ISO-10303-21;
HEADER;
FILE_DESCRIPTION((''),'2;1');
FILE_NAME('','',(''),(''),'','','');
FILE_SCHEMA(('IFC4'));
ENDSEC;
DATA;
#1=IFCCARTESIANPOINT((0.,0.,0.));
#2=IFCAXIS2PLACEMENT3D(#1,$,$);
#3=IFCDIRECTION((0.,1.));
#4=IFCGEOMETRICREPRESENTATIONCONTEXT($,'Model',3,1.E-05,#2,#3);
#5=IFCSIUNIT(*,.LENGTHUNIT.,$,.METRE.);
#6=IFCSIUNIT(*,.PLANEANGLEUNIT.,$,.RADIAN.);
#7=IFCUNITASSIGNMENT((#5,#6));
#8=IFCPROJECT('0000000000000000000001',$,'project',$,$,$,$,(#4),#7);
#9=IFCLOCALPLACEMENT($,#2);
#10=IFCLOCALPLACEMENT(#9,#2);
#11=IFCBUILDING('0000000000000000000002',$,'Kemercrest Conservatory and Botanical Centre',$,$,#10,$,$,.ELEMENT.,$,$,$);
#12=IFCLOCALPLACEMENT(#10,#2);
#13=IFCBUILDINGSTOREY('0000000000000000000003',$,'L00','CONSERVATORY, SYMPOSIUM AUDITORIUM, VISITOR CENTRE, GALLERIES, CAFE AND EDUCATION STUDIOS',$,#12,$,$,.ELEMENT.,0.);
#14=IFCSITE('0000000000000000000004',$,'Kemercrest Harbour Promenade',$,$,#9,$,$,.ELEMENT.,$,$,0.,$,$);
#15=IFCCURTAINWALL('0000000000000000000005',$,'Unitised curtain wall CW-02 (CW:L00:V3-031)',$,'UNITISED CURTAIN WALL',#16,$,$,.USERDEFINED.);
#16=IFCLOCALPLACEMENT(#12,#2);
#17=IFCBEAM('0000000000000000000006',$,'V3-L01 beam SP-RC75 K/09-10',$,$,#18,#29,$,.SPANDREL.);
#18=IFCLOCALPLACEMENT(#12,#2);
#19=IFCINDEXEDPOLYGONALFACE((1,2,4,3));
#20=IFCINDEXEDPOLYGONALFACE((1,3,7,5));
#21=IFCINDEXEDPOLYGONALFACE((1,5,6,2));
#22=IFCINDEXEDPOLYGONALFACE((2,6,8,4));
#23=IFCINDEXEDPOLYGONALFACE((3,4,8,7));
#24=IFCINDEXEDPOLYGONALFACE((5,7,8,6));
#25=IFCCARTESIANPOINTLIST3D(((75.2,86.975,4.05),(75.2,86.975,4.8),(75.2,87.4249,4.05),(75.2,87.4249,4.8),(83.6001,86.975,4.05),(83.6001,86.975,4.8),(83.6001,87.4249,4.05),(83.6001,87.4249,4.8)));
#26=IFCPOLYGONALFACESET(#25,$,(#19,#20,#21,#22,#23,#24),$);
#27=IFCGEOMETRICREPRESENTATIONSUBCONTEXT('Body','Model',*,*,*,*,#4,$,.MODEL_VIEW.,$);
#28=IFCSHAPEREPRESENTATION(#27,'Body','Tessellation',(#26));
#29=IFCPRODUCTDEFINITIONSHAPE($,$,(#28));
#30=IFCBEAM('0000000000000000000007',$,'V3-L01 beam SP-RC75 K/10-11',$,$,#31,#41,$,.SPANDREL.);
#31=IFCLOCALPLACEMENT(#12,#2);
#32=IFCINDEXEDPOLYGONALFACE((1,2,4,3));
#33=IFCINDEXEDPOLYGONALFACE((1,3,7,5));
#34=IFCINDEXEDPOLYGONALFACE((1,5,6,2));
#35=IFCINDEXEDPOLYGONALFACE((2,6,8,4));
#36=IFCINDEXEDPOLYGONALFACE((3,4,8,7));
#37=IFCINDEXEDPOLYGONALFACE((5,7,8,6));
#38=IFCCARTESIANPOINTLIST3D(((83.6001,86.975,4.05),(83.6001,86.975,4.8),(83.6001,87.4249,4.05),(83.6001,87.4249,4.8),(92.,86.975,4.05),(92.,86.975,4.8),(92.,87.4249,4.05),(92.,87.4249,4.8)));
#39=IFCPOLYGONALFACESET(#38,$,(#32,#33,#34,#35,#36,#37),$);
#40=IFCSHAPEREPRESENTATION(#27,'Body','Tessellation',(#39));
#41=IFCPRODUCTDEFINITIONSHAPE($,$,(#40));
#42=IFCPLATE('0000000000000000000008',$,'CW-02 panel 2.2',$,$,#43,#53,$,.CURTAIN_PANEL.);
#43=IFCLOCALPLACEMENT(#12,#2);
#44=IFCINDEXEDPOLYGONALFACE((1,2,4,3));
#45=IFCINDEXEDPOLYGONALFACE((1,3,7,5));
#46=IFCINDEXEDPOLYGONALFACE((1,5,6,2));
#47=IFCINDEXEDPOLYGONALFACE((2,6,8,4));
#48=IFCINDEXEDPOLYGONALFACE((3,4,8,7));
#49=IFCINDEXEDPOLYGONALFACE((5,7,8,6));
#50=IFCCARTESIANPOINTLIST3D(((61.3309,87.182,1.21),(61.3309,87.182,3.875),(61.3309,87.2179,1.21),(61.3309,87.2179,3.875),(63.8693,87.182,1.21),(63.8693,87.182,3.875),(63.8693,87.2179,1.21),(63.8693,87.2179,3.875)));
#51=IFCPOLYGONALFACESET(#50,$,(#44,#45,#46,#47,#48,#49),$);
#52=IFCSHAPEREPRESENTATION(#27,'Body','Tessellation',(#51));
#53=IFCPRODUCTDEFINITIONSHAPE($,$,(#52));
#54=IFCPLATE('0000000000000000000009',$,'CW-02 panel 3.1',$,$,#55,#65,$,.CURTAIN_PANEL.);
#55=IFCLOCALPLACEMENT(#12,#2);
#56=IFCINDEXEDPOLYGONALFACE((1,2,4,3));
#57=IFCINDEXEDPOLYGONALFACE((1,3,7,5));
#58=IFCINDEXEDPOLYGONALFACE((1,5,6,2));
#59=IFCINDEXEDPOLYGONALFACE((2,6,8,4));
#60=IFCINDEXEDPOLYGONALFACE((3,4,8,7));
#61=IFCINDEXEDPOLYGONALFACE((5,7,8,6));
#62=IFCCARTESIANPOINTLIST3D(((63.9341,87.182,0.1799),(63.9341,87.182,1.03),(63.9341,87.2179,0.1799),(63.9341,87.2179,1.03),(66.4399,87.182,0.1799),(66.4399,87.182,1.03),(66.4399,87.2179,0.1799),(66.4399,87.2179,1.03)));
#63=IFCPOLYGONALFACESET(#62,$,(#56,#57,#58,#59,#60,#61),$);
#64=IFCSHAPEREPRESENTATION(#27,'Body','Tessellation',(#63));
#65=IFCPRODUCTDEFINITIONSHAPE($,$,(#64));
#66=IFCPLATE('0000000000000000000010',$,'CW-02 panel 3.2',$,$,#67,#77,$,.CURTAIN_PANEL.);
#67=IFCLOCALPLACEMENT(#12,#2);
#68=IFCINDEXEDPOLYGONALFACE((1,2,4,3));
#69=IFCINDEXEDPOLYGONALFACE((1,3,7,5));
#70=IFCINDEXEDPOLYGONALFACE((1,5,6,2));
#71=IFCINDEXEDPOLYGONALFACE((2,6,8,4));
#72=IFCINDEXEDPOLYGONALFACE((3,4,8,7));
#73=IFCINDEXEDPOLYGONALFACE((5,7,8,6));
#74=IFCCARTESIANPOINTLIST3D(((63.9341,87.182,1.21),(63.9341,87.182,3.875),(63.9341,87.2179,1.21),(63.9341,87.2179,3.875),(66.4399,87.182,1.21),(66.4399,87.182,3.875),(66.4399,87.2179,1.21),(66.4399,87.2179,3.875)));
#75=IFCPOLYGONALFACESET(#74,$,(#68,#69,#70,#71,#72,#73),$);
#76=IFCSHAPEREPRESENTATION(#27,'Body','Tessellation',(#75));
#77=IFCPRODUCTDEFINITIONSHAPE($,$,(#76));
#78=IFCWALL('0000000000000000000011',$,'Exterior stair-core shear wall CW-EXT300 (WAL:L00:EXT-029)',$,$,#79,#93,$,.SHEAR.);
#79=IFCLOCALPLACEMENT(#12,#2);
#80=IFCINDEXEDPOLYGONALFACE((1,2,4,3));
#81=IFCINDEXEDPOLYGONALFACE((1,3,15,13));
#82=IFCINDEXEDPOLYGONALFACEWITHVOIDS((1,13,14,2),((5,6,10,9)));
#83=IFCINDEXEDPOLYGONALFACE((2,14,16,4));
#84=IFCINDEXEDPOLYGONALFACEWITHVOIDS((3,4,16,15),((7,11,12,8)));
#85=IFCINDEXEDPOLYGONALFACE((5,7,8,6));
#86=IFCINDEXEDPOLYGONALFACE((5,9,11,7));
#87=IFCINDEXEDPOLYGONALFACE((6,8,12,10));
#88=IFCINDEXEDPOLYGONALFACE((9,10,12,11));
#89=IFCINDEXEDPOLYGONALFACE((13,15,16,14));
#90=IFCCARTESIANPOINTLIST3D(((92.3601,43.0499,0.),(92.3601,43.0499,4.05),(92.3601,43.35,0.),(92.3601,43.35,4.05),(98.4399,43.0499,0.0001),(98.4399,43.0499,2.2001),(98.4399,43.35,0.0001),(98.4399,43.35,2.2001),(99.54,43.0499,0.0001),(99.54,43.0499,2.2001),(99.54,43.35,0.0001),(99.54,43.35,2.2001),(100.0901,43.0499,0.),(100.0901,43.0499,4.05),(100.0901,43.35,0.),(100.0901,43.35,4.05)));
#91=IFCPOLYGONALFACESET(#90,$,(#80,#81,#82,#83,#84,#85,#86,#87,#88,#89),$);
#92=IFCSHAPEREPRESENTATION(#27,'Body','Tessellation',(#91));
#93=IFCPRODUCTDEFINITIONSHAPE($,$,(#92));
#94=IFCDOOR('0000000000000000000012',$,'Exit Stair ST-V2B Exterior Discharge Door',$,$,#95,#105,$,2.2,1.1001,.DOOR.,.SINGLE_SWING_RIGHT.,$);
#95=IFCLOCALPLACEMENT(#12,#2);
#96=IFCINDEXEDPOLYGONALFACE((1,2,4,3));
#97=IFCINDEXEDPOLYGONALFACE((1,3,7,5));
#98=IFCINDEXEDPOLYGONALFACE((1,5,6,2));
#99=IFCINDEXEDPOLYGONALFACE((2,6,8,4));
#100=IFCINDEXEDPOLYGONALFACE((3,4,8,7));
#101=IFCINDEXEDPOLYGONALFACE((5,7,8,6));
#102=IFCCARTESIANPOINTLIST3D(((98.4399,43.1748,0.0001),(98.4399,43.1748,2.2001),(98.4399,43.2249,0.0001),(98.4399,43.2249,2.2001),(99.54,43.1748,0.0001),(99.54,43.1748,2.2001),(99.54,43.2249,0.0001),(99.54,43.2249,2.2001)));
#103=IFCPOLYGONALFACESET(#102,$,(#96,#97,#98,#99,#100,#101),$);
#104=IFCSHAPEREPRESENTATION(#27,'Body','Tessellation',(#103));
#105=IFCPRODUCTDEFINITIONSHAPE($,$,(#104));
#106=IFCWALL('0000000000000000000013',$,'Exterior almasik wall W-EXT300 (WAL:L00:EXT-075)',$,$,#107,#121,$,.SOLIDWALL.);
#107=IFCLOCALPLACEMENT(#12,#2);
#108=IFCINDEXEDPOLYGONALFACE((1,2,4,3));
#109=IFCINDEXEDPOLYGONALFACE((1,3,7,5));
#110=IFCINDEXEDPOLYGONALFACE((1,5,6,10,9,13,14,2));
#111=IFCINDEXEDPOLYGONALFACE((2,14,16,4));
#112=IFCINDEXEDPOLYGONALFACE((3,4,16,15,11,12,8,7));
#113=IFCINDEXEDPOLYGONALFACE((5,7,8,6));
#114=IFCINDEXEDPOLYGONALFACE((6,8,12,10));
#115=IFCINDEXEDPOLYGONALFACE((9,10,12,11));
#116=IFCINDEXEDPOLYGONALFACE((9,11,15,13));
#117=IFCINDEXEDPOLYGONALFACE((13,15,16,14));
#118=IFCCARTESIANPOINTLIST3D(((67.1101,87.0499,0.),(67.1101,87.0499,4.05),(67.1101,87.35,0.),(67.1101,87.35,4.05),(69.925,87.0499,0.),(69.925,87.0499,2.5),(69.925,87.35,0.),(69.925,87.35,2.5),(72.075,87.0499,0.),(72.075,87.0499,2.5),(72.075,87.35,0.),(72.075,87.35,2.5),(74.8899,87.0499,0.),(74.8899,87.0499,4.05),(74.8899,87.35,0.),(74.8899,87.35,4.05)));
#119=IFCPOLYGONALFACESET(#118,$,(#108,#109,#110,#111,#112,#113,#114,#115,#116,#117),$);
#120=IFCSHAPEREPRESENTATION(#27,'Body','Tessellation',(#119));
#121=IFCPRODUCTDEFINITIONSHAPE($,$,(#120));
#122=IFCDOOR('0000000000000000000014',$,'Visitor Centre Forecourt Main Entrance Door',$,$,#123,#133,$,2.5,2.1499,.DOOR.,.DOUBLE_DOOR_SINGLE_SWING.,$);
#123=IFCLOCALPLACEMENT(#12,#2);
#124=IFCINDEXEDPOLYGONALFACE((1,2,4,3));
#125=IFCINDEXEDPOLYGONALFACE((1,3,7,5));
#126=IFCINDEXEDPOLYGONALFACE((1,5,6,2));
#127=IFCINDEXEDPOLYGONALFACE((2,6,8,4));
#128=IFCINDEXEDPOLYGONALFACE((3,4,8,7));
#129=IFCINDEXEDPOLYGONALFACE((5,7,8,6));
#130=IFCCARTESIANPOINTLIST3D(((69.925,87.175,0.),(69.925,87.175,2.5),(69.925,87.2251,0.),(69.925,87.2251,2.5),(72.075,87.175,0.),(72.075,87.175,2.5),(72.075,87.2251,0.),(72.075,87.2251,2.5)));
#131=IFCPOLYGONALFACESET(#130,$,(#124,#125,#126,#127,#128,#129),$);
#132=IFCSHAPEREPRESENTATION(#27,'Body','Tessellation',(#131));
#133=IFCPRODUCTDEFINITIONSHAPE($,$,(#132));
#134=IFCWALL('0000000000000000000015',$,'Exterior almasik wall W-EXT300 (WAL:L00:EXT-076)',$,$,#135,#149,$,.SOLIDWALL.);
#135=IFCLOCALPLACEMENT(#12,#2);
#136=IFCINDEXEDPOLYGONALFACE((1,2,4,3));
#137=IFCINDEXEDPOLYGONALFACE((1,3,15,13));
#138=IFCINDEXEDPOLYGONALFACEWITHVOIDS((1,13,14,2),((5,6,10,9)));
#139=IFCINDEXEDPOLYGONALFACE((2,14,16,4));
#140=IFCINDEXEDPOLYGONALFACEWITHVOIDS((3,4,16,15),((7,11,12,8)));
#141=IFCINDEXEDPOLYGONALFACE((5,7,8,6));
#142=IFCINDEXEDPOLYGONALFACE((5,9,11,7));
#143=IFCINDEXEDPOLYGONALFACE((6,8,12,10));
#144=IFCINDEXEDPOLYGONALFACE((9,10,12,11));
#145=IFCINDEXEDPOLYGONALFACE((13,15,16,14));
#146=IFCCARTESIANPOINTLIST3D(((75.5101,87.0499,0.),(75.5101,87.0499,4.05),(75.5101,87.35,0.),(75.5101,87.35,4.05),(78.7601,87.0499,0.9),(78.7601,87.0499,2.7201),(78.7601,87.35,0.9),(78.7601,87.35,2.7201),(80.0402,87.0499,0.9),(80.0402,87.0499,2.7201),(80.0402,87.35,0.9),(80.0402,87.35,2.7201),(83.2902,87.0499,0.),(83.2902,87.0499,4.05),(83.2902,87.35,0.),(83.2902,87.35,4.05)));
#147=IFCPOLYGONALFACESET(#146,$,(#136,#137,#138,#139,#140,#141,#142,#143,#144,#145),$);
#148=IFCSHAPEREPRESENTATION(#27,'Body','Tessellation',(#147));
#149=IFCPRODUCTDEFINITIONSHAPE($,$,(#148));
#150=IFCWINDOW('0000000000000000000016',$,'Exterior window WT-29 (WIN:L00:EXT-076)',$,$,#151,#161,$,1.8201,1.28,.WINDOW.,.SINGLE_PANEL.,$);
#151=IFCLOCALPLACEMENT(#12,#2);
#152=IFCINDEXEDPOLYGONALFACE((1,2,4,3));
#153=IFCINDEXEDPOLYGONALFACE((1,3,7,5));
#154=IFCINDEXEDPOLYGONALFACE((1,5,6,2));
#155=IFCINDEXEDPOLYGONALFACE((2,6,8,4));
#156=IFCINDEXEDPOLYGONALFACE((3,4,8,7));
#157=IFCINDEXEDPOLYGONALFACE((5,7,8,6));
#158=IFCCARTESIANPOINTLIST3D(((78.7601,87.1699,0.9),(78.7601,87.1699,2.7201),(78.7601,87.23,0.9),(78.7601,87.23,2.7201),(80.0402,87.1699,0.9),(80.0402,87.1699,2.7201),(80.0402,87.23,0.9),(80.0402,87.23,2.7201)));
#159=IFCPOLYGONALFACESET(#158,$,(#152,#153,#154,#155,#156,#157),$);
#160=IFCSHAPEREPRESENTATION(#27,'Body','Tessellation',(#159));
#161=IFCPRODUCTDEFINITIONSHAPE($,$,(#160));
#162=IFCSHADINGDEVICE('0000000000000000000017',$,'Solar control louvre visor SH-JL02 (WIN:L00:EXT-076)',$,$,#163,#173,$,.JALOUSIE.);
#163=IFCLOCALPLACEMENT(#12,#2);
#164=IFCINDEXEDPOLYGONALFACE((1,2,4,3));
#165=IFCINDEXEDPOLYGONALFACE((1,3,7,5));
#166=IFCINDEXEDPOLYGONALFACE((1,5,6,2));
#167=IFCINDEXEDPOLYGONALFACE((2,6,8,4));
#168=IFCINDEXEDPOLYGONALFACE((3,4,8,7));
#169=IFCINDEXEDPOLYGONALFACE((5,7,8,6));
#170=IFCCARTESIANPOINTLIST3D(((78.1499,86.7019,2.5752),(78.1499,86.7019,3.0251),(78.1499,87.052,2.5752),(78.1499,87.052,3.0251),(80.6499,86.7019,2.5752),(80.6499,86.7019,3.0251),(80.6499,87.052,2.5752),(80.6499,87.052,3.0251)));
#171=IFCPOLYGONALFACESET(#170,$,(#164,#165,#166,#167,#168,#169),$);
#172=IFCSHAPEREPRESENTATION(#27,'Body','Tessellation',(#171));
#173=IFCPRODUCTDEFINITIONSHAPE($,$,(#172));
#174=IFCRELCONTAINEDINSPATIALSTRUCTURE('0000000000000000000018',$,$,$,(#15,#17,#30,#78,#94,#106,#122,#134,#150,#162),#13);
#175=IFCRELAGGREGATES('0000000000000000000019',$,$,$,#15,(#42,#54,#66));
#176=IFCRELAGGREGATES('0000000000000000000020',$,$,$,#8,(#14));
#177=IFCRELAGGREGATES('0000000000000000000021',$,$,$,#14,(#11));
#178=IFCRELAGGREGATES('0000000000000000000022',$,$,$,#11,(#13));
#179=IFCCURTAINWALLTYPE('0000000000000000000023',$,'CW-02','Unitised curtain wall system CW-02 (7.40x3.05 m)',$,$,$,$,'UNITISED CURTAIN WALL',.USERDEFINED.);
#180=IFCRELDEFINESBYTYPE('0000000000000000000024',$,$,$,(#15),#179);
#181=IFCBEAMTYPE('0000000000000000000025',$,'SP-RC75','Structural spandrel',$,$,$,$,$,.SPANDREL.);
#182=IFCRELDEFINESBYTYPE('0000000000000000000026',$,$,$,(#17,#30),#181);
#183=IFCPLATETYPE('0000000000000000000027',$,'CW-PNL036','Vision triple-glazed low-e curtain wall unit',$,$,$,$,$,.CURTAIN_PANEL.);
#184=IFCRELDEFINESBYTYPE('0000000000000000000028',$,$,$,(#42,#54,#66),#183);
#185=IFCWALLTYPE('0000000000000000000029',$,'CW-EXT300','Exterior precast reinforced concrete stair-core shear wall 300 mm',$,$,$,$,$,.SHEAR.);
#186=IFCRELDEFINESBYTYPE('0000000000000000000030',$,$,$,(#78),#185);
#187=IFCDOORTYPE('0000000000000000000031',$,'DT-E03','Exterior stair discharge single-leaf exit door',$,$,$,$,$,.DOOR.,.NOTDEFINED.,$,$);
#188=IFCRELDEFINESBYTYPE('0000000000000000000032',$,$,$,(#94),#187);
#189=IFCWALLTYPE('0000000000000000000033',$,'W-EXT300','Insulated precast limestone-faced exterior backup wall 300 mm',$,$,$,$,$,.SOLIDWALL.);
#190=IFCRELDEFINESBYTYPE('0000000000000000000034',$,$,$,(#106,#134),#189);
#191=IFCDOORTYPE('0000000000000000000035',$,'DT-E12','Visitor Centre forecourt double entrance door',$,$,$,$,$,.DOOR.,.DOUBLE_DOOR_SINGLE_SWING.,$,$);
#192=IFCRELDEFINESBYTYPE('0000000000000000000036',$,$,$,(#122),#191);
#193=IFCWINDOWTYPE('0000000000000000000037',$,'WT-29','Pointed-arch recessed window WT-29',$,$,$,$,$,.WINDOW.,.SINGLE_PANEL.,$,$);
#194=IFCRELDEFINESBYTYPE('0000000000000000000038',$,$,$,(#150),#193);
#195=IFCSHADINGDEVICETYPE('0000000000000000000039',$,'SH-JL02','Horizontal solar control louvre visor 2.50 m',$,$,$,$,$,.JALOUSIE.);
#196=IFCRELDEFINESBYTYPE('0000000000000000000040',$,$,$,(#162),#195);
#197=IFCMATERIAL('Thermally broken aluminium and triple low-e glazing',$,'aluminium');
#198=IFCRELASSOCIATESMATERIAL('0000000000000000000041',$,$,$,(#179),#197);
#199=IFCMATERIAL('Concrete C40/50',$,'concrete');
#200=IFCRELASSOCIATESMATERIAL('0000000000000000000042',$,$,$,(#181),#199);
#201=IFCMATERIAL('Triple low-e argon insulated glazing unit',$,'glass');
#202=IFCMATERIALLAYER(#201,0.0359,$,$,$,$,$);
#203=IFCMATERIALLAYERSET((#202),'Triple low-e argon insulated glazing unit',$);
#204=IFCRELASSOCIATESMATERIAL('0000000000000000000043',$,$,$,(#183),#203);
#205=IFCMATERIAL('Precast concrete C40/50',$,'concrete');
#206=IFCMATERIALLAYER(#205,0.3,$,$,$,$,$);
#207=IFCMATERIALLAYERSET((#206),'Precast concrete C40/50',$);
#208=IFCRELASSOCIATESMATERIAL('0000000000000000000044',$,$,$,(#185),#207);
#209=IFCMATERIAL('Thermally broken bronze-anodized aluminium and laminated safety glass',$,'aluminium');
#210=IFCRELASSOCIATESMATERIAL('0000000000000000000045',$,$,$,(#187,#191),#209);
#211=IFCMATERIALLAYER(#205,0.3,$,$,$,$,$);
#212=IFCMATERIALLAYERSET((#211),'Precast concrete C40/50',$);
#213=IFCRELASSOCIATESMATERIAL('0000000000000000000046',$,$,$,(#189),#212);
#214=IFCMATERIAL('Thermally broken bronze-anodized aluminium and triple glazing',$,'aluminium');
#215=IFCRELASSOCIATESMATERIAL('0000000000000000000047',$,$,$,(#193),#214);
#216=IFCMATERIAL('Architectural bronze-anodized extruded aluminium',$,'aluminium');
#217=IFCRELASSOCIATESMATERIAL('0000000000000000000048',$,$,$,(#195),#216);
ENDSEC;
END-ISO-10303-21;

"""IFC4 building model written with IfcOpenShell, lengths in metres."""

from ifc_helpers import new_model, si_unit, direction, frame, frame_2d, origin, origin_2d, place, context, subcontext, project, spatial, rectangle, extrude, material, layer, layer_set, material_profile, profile_set, type_object, element, fill, aggregate, save


model = new_model("IFC4")

# Units and contexts
model_context = context("Model", 3, precision=1e-05, world=origin(), true_north=direction((0.0, 1.0)))
body_context = subcontext(model_context, "Body", "Model", "MODEL_VIEW")
ifc_project = project(units=[si_unit("LENGTHUNIT", "METRE"), si_unit("PLANEANGLEUNIT", "RADIAN")], contexts=[model_context])

# Site, building, storey
site_placement = place(None, origin())
site = spatial("IfcSite", under=ifc_project, at=site_placement, Name="Kemercrest Harbour Promenade", CompositionType="ELEMENT", RefElevation=0.0)
building_placement = place(site_placement, origin())
building = spatial("IfcBuilding", under=site, at=building_placement, Name="Kemercrest Conservatory and Botanical Centre", CompositionType="ELEMENT")
storey_placement = place(building_placement, origin())
storey = spatial("IfcBuildingStorey", under=building, at=storey_placement, Name="L00", Description="CONSERVATORY, SYMPOSIUM AUDITORIUM, VISITOR CENTRE, GALLERIES, CAFE AND EDUCATION STUDIOS", CompositionType="ELEMENT", Elevation=0.0)

# Shared definitions
ifc_material_1 = material(Name="Concrete C40/50", Category="concrete")

# Curtain wall
ifc_material_2 = material(Name="Thermally broken aluminium and triple low-e glazing", Category="aluminium")
curtain_wall_type = type_object("IfcCurtainWallType", Name="CW-02", Description="Unitised curtain wall system CW-02 (7.40x3.05 m)", ElementType="UNITISED CURTAIN WALL", PredefinedType="USERDEFINED", material=ifc_material_2)
curtain_wall_placement = place(storey_placement, origin())
curtain_wall = element("IfcCurtainWall", 1, at=curtain_wall_placement, inside=storey, type_object=curtain_wall_type, Name="Unitised curtain wall CW-02 (CW:L00:V3-031)", ObjectType="UNITISED CURTAIN WALL", PredefinedType="USERDEFINED")

# Beams
ifc_material_3 = material(Name="Precast concrete C40/50", Category="concrete")
ifc_material_profile_1 = material_profile(ifc_material_1, rectangle(XDim=0.45, YDim=0.75, at=origin_2d()), Name="RC 450x750")
ifc_profile_set_1 = profile_set([ifc_material_profile_1], Name="Concrete C40/50")
beam_type_1 = type_object("IfcBeamType", Name="SP-RC75", Description="Structural spandrel", PredefinedType="SPANDREL", material=ifc_profile_set_1)
beam_1_placement = place(storey_placement, frame((75.2, 87.2, 4.425), z_axis=(1.0, 0.0, 0.0), x_axis=(0.0, 1.0, 0.0)))
element("IfcBeam", 2, at=beam_1_placement, inside=storey, type_object=beam_type_1, Name="V3-L01 beam SP-RC75 K/09-10", PredefinedType="SPANDREL", context=body_context, shape_type="SweptSolid", body=[
    extrude(rectangle(XDim=0.45, YDim=0.75, at=origin_2d()), origin(), (0.0, 0.0, 1.0), 8.4001),
])
beam_2_placement = place(storey_placement, frame((83.6001, 87.2, 4.425), z_axis=(1.0, 0.0, 0.0), x_axis=(0.0, 1.0, 0.0)))
element("IfcBeam", 3, at=beam_2_placement, inside=storey, type_object=beam_type_1, Name="V3-L01 beam SP-RC75 K/10-11", PredefinedType="SPANDREL", context=body_context, shape_type="SweptSolid", body=[
    extrude(rectangle(XDim=0.45, YDim=0.75, at=origin_2d()), origin(), (0.0, 0.0, 1.0), 8.3999),
])

# Plates
ifc_material_4 = material(Name="Triple low-e argon insulated glazing unit", Category="glass")
ifc_layer_1 = layer(ifc_material_4, 0.0359)
ifc_layer_set_1 = layer_set([ifc_layer_1], Name="Triple low-e argon insulated glazing unit")
plate_type = type_object("IfcPlateType", Name="CW-PNL036", Description="Vision triple-glazed low-e curtain wall unit", PredefinedType="CURTAIN_PANEL", material=ifc_layer_set_1)
plate_1_placement = place(storey_placement, frame((62.6001, 87.2, 1.21), z_axis=(0.0, 0.0, 1.0), x_axis=(1.0, 0.0, 0.0)))
plate_1 = element("IfcPlate", 4, at=plate_1_placement, type_object=plate_type, Name="CW-02 panel 2.2", PredefinedType="CURTAIN_PANEL", context=body_context, shape_type="SweptSolid", body=[
    extrude(rectangle(XDim=2.5383, YDim=0.0359, at=origin_2d()), origin(), (0.0, 0.0, 1.0), 2.665),
])
plate_2_placement = place(storey_placement, frame((65.187, 87.2, 0.1799), z_axis=(0.0, 0.0, 1.0), x_axis=(1.0, 0.0, 0.0)))
plate_2 = element("IfcPlate", 5, at=plate_2_placement, type_object=plate_type, Name="CW-02 panel 3.1", PredefinedType="CURTAIN_PANEL", context=body_context, shape_type="SweptSolid", body=[
    extrude(rectangle(XDim=2.5059, YDim=0.0359, at=origin_2d()), origin(), (0.0, 0.0, 1.0), 0.8501),
])
plate_3_placement = place(storey_placement, frame((65.187, 87.2, 1.21), z_axis=(0.0, 0.0, 1.0), x_axis=(1.0, 0.0, 0.0)))
plate_3 = element("IfcPlate", 6, at=plate_3_placement, type_object=plate_type, Name="CW-02 panel 3.2", PredefinedType="CURTAIN_PANEL", context=body_context, shape_type="SweptSolid", body=[
    extrude(rectangle(XDim=2.5059, YDim=0.0359, at=origin_2d()), origin(), (0.0, 0.0, 1.0), 2.665),
])
aggregate(curtain_wall, [plate_1, plate_2, plate_3])

# Walls, openings, doors
ifc_layer_2 = layer(ifc_material_3, 0.3)
ifc_layer_set_2 = layer_set([ifc_layer_2], Name="Precast concrete C40/50")
wall_type_1 = type_object("IfcWallType", Name="CW-EXT300", Description="Exterior precast reinforced concrete stair-core shear wall 300 mm", PredefinedType="SHEAR", material=ifc_layer_set_2)
wall_1_placement = place(storey_placement, frame((100.0901, 43.2, 0.0), z_axis=(0.0, 0.0, 1.0), x_axis=(-1.0, 0.0, 0.0)))
wall_1 = element("IfcWall", 7, at=wall_1_placement, inside=storey, type_object=wall_type_1, Name="Exterior stair-core shear wall CW-EXT300 (WAL:L00:EXT-029)", PredefinedType="SHEAR", context=body_context, shape_type="SweptSolid", body=[
    extrude(rectangle(XDim=7.73, YDim=0.3, at=frame_2d((3.865, 0.0))), origin(), (0.0, 0.0, 1.0), 4.05),
])
opening_1_placement = place(wall_1_placement, frame((0.55, 0.0, 0.0)))
opening_1 = element("IfcOpeningElement", 8, at=opening_1_placement, cuts=wall_1, PredefinedType="OPENING", context=body_context, shape_type="SweptSolid", body=[
    extrude(rectangle(XDim=1.1001, YDim=2.2, at=frame_2d((0.55, 1.1001))), frame((0.0, 0.1602, 0.0), z_axis=(0.0, -1.0, 0.0), x_axis=(1.0, 0.0, 0.0)), (0.0, 0.0, 1.0), 0.3201),
])
ifc_material_5 = material(Name="Thermally broken bronze-anodized aluminium and laminated safety glass", Category="aluminium")
door_type_1 = type_object("IfcDoorType", Name="DT-E03", Description="Exterior stair discharge single-leaf exit door", OperationType="NOTDEFINED", PredefinedType="DOOR", material=ifc_material_5)
door_1_placement = place(opening_1_placement, frame((1.1001, 0.0, 0.0), z_axis=(0.0, 0.0, 1.0), x_axis=(-1.0, 0.0, 0.0)))
door_1 = element("IfcDoor", 9, at=door_1_placement, inside=storey, type_object=door_type_1, Name="Exit Stair ST-V2B Exterior Discharge Door", OperationType="SINGLE_SWING_RIGHT", OverallHeight=2.2, OverallWidth=1.1001, PredefinedType="DOOR", context=body_context, shape_type="SweptSolid", body=[
    extrude(rectangle(XDim=1.1001, YDim=2.2, at=frame_2d((0.55, 1.1001))), frame((0.0, 0.0249, 0.0), z_axis=(0.0, -1.0, 0.0), x_axis=(1.0, 0.0, 0.0)), (0.0, 0.0, 1.0), 0.05),
])
fill(opening_1, door_1)
ifc_layer_3 = layer(ifc_material_3, 0.3)
ifc_layer_set_3 = layer_set([ifc_layer_3], Name="Precast concrete C40/50")
wall_type_2 = type_object("IfcWallType", Name="W-EXT300", Description="Insulated precast limestone-faced exterior backup wall 300 mm", PredefinedType="SOLIDWALL", material=ifc_layer_set_3)
wall_2_placement = place(storey_placement, frame((67.1101, 87.2, 0.0), z_axis=(0.0, 0.0, 1.0), x_axis=(1.0, 0.0, 0.0)))
wall_2 = element("IfcWall", 10, at=wall_2_placement, inside=storey, type_object=wall_type_2, Name="Exterior almasik wall W-EXT300 (WAL:L00:EXT-075)", PredefinedType="SOLIDWALL", context=body_context, shape_type="SweptSolid", body=[
    extrude(rectangle(XDim=7.7798, YDim=0.3, at=frame_2d((3.8899, 0.0))), origin(), (0.0, 0.0, 1.0), 4.05),
])
opening_2_placement = place(wall_2_placement, frame((2.8149, 0.0, 0.0)))
opening_2 = element("IfcOpeningElement", 11, at=opening_2_placement, cuts=wall_2, PredefinedType="OPENING", context=body_context, shape_type="SweptSolid", body=[
    extrude(rectangle(XDim=2.1499, YDim=2.5, at=frame_2d((1.075, 1.25))), frame((0.0, 0.1602, 0.0), z_axis=(0.0, -1.0, 0.0), x_axis=(1.0, 0.0, 0.0)), (0.0, 0.0, 1.0), 0.3201),
])
door_type_2 = type_object("IfcDoorType", Name="DT-E12", Description="Visitor Centre forecourt double entrance door", OperationType="DOUBLE_DOOR_SINGLE_SWING", PredefinedType="DOOR", material=ifc_material_5)
door_2_placement = place(opening_2_placement, frame((2.1499, 0.0, 0.0), z_axis=(0.0, 0.0, 1.0), x_axis=(-1.0, 0.0, 0.0)))
door_2 = element("IfcDoor", 12, at=door_2_placement, inside=storey, type_object=door_type_2, Name="Visitor Centre Forecourt Main Entrance Door", OperationType="DOUBLE_DOOR_SINGLE_SWING", OverallHeight=2.5, OverallWidth=2.1499, PredefinedType="DOOR", context=body_context, shape_type="SweptSolid", body=[
    extrude(rectangle(XDim=2.1499, YDim=2.5, at=frame_2d((1.075, 1.25))), frame((0.0, 0.0249, 0.0), z_axis=(0.0, -1.0, 0.0), x_axis=(1.0, 0.0, 0.0)), (0.0, 0.0, 1.0), 0.05),
])
fill(opening_2, door_2)

# Wall, opening, window
wall_3_placement = place(storey_placement, frame((75.51, 87.2, 0.0), z_axis=(0.0, 0.0, 1.0), x_axis=(1.0, 0.0, 0.0)))
wall_3 = element("IfcWall", 13, at=wall_3_placement, inside=storey, type_object=wall_type_2, Name="Exterior almasik wall W-EXT300 (WAL:L00:EXT-076)", PredefinedType="SOLIDWALL", context=body_context, shape_type="SweptSolid", body=[
    extrude(rectangle(XDim=7.78, YDim=0.3, at=frame_2d((3.8901, 0.0))), origin(), (0.0, 0.0, 1.0), 4.05),
])
opening_3_placement = place(wall_3_placement, frame((3.25, 0.0, 0.8999)))
opening_3 = element("IfcOpeningElement", 14, at=opening_3_placement, cuts=wall_3, PredefinedType="OPENING", context=body_context, shape_type="SweptSolid", body=[
    extrude(rectangle(XDim=1.28, YDim=1.8201, at=frame_2d((0.6401, 0.9102))), frame((0.0, 0.1602, 0.0), z_axis=(0.0, -1.0, 0.0), x_axis=(1.0, 0.0, 0.0)), (0.0, 0.0, 1.0), 0.3201),
])
ifc_material_6 = material(Name="Thermally broken bronze-anodized aluminium and triple glazing", Category="aluminium")
window_type = type_object("IfcWindowType", Name="WT-29", Description="Pointed-arch recessed window WT-29", PartitioningType="SINGLE_PANEL", PredefinedType="WINDOW", material=ifc_material_6)
window_placement = place(opening_3_placement, origin())
window = element("IfcWindow", 15, at=window_placement, inside=storey, type_object=window_type, Name="Exterior window WT-29 (WIN:L00:EXT-076)", OverallHeight=1.8201, OverallWidth=1.28, PartitioningType="SINGLE_PANEL", PredefinedType="WINDOW", context=body_context, shape_type="SweptSolid", body=[
    extrude(rectangle(XDim=1.28, YDim=1.8201, at=frame_2d((0.6401, 0.9102))), frame((0.0, 0.03, 0.0), z_axis=(0.0, -1.0, 0.0), x_axis=(1.0, 0.0, 0.0)), (0.0, 0.0, 1.0), 0.0601),
])
fill(opening_3, window)

# Shading device
ifc_material_7 = material(Name="Architectural bronze-anodized extruded aluminium", Category="aluminium")
shading_device_type_1 = type_object("IfcShadingDeviceType", Name="SH-JL02", Description="Horizontal solar control louvre visor 2.50 m", PredefinedType="JALOUSIE", material=ifc_material_7)
shading_device_1_placement = place(storey_placement, frame((79.3999, 86.877, 2.5752), z_axis=(0.0, 0.0, 1.0), x_axis=(1.0, 0.0, 0.0)))
element("IfcShadingDevice", 16, at=shading_device_1_placement, inside=storey, type_object=shading_device_type_1, Name="Solar control louvre visor SH-JL02 (WIN:L00:EXT-076)", PredefinedType="JALOUSIE", context=body_context, shape_type="SweptSolid", body=[
    extrude(rectangle(XDim=2.5, YDim=0.3501, at=origin_2d()), origin(), (0.0, 0.0, 1.0), 0.45),
])

save(model, "model.ifc")
